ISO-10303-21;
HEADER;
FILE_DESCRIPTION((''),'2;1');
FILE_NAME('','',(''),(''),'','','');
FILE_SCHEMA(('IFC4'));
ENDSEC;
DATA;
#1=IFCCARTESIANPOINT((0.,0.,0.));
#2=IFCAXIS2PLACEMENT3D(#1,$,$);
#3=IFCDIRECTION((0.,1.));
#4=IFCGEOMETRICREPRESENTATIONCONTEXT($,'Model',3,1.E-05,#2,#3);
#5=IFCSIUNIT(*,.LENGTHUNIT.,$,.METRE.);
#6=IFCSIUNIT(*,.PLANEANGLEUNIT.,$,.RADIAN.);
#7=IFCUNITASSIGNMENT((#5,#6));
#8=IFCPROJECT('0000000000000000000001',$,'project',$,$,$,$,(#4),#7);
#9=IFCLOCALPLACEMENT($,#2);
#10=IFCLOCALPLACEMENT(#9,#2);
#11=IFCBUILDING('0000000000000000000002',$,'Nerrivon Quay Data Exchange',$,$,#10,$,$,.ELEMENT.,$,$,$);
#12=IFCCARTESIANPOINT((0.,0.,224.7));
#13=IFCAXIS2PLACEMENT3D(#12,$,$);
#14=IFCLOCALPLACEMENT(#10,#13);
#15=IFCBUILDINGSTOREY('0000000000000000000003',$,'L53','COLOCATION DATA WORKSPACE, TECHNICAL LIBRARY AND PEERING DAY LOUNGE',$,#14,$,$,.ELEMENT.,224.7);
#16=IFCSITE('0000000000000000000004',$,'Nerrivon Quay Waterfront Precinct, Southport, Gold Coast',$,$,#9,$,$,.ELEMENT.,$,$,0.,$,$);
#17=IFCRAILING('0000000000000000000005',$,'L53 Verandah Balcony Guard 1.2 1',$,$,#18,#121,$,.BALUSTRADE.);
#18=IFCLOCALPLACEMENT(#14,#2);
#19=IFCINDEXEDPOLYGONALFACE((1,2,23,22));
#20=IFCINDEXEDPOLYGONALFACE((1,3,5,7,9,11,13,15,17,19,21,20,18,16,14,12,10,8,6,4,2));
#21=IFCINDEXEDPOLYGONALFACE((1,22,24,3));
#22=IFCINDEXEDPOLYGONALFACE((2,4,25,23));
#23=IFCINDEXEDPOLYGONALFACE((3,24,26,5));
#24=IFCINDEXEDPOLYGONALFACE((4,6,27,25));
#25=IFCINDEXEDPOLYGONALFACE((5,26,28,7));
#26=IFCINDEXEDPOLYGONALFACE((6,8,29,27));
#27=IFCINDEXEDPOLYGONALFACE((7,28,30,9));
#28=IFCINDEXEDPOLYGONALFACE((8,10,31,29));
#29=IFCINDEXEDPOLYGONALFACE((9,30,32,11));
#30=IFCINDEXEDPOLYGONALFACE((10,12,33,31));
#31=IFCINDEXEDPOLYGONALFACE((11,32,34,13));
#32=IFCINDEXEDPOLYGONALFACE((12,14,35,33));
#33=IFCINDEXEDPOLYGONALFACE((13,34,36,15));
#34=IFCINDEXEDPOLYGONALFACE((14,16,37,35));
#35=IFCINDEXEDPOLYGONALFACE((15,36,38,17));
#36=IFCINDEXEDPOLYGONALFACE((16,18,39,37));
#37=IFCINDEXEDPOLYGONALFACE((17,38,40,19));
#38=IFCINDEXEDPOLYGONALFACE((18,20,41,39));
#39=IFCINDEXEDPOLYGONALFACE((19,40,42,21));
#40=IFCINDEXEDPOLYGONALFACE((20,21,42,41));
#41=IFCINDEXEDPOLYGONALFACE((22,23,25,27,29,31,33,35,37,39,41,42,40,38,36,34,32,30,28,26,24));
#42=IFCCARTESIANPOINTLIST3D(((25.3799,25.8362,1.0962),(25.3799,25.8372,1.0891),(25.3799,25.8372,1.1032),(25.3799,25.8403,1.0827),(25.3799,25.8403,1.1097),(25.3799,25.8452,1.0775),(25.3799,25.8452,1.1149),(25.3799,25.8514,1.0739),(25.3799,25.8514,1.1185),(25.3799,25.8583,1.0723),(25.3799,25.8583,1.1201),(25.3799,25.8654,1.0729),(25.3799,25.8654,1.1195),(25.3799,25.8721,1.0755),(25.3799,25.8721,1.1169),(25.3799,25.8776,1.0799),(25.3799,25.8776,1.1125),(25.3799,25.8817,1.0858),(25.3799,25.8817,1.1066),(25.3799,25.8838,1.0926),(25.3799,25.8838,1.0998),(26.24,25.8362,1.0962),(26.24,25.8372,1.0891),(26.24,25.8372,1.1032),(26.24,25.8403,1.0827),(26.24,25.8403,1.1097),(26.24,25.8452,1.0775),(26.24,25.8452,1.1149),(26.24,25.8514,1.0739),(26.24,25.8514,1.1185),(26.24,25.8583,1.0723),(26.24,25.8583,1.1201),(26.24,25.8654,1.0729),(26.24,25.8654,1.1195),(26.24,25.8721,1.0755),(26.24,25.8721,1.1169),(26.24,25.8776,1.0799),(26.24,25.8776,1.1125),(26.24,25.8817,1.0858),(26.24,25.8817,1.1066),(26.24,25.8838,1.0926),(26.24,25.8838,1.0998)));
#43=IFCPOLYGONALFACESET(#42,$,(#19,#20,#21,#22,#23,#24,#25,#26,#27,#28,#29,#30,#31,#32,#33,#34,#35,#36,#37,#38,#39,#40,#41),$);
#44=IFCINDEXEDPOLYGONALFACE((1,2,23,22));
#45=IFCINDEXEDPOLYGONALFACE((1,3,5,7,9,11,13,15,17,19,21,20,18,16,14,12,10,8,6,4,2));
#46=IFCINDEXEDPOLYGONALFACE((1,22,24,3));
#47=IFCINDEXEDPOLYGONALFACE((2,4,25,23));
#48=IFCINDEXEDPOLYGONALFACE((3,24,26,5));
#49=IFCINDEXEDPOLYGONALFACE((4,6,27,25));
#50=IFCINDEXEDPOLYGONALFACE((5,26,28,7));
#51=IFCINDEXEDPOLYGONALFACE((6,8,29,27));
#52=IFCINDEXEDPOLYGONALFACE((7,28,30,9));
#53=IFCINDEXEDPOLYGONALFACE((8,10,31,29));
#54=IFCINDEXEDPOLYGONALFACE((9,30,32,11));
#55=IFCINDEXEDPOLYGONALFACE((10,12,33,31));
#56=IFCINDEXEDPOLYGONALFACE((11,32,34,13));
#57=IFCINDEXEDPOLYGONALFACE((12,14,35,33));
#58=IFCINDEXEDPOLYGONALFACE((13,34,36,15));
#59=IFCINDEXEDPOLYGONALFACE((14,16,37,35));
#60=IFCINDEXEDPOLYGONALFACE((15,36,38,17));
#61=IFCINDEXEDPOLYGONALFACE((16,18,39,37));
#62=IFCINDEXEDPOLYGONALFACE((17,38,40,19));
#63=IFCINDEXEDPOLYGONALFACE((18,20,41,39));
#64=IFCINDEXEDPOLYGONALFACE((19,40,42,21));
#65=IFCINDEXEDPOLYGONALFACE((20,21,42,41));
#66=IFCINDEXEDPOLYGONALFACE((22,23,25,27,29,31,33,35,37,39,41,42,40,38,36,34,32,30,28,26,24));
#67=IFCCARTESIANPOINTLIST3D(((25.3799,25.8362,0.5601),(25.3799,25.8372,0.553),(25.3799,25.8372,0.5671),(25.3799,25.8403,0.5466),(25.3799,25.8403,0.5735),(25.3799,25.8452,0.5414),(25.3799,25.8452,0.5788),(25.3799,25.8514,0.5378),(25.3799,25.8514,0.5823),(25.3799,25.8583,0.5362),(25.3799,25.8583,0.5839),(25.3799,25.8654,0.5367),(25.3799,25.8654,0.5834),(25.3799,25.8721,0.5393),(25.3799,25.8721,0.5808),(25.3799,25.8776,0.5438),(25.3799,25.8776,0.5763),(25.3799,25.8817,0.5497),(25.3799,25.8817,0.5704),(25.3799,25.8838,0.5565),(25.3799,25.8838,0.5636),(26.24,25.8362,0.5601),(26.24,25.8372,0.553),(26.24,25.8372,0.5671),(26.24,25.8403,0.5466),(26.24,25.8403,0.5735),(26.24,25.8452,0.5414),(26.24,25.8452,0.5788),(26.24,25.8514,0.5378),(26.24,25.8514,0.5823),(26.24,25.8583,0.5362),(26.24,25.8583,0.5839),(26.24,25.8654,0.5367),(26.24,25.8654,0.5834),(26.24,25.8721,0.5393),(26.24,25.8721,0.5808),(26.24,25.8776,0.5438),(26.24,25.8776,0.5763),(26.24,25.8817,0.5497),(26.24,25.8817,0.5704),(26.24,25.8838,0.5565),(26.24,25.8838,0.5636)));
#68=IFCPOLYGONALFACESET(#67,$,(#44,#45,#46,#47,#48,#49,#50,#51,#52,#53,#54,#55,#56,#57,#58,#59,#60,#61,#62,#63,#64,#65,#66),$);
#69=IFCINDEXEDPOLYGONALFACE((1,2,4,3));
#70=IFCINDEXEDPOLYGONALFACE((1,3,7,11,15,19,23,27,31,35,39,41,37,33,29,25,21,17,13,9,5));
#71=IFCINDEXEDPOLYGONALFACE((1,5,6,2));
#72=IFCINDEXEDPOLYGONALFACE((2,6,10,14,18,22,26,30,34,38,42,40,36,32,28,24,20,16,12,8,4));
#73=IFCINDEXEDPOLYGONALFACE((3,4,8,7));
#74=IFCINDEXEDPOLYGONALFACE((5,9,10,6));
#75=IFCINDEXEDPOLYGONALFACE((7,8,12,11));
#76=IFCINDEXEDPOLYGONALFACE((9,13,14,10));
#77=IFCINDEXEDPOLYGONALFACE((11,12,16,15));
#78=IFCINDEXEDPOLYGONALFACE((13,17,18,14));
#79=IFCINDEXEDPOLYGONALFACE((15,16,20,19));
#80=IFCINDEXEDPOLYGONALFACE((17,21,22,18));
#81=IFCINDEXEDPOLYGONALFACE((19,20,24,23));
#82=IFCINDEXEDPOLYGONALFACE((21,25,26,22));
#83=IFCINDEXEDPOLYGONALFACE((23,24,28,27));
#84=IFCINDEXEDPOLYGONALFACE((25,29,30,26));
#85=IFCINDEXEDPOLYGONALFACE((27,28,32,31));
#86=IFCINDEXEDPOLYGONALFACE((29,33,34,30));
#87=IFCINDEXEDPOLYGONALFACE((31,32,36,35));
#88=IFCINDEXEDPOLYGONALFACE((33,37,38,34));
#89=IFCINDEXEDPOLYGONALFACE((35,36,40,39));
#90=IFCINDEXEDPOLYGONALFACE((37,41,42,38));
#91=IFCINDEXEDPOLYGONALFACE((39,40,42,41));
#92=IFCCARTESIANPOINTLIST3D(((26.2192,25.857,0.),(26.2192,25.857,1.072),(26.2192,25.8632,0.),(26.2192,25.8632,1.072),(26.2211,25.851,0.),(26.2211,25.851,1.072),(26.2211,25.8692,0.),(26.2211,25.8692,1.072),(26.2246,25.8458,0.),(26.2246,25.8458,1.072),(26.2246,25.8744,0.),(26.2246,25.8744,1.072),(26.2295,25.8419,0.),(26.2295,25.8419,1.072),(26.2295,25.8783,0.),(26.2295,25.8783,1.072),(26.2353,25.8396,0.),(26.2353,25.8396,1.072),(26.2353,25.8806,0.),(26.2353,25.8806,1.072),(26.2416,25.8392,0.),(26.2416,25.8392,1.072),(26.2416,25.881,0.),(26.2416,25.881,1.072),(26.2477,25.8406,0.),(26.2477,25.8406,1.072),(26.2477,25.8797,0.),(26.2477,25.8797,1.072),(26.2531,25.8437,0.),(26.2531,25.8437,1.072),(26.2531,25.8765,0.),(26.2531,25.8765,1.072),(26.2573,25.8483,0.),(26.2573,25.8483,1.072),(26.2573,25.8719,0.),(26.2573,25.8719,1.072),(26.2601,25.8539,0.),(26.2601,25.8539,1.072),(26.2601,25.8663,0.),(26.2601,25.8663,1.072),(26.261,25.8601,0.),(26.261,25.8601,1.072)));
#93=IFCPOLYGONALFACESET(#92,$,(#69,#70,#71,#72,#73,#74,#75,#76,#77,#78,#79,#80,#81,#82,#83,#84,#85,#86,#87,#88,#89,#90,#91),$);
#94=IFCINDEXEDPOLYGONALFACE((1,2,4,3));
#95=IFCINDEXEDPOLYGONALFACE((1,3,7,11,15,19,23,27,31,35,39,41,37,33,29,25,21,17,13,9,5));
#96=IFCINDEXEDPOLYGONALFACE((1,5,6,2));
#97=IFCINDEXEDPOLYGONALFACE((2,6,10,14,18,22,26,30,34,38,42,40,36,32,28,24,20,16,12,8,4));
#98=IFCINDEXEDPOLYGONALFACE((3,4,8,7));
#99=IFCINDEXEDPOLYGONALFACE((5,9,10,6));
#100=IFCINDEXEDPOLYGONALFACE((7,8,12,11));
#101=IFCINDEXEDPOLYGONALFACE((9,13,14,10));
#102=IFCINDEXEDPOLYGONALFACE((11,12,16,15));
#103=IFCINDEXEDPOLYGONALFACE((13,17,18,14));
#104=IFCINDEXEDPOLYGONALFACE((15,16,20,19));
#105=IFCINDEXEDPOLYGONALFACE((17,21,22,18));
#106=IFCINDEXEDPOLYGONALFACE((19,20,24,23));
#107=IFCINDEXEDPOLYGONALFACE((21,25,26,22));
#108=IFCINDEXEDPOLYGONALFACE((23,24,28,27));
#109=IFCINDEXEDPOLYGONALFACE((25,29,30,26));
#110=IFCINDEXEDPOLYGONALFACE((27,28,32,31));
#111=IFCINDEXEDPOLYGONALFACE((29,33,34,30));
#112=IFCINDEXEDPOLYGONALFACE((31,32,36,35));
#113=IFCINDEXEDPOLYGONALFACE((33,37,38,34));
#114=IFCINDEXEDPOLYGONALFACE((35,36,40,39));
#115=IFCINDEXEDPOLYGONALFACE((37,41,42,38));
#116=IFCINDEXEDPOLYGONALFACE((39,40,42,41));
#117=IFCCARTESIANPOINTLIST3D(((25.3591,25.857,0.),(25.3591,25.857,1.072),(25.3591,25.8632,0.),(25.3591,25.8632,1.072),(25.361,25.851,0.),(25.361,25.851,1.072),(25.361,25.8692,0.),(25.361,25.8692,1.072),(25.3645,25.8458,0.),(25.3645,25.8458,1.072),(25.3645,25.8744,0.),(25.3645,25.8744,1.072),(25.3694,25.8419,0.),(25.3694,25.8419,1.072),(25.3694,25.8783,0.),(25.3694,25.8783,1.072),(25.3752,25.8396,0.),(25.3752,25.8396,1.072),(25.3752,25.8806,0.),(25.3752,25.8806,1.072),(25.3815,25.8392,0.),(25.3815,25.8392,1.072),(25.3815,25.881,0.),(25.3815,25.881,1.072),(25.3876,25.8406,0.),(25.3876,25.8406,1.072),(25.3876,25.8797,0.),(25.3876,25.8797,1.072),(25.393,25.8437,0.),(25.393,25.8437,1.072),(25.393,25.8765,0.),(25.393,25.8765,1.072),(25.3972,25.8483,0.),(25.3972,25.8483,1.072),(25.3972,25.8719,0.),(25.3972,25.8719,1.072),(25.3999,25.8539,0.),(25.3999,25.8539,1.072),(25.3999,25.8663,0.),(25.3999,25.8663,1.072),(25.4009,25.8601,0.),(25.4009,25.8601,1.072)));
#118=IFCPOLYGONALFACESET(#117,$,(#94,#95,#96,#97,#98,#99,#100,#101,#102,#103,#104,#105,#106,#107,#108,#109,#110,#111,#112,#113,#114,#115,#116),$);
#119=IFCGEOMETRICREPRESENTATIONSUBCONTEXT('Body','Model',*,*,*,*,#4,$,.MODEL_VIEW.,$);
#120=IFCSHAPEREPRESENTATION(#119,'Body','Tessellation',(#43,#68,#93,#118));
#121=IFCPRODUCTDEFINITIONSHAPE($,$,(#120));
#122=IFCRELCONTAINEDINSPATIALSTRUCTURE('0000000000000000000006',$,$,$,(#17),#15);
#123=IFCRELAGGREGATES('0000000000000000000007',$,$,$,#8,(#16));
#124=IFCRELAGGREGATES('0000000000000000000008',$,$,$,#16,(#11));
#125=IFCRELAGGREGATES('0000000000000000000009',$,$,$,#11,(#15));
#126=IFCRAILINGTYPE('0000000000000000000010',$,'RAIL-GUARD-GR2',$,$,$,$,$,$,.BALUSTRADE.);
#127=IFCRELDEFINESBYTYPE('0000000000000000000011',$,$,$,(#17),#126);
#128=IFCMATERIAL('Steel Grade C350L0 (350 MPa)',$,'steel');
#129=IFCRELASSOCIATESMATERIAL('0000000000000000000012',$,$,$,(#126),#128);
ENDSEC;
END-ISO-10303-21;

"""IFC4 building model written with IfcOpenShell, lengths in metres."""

from ifc_helpers import new_model, si_unit, direction, frame, origin, origin_2d, place, context, subcontext, project, spatial, circle, extrude, material, type_object, element, save


model = new_model("IFC4")

# Units and contexts
model_context = context("Model", 3, precision=1e-05, world=origin(), true_north=direction((0.0, 1.0)))
body_context = subcontext(model_context, "Body", "Model", "MODEL_VIEW")
ifc_project = project(units=[si_unit("LENGTHUNIT", "METRE"), si_unit("PLANEANGLEUNIT", "RADIAN")], contexts=[model_context])

# Site, building, storey
site_placement = place(None, origin())
site = spatial("IfcSite", under=ifc_project, at=site_placement, Name="Nerrivon Quay Waterfront Precinct, Southport, Gold Coast", CompositionType="ELEMENT", RefElevation=0.0)
building_placement = place(site_placement, origin())
building = spatial("IfcBuilding", under=site, at=building_placement, Name="Nerrivon Quay Data Exchange", CompositionType="ELEMENT")
storey_placement = place(building_placement, frame((0.0, 0.0, 224.7)))
storey = spatial("IfcBuildingStorey", under=building, at=storey_placement, Name="L53", Description="COLOCATION DATA WORKSPACE, TECHNICAL LIBRARY AND PEERING DAY LOUNGE", CompositionType="ELEMENT", Elevation=224.7)

# Shared definitions
ifc_material_1 = material(Name="Steel Grade C350L0 (350 MPa)", Category="steel")

# Railing
railing_type = type_object("IfcRailingType", Name="RAIL-GUARD-GR2", PredefinedType="BALUSTRADE", material=ifc_material_1)
railing_1_placement = place(storey_placement, frame((26.24, 25.8601, 0.0)))
element("IfcRailing", 1, at=railing_1_placement, inside=storey, type_object=railing_type, Name="L53 Verandah Balcony Guard 1.2 1", PredefinedType="BALUSTRADE", context=body_context, shape_type="SweptSolid", body=[
    extrude(circle(Radius=0.0239, at=origin_2d()), frame((0.0, 0.0, 1.0962), z_axis=(-1.0, 0.0, 0.0), x_axis=(0.0, -1.0, 0.0)), (0.0, 0.0, 1.0), 0.8601),
    extrude(circle(Radius=0.0239, at=origin_2d()), frame((0.0, 0.0, 0.5601), z_axis=(-1.0, 0.0, 0.0), x_axis=(0.0, -1.0, 0.0)), (0.0, 0.0, 1.0), 0.8601),
    extrude(circle(Radius=0.021, at=origin_2d()), origin(), (0.0, 0.0, 1.0), 1.072),
    extrude(circle(Radius=0.021, at=origin_2d()), frame((-0.8601, 0.0, 0.0)), (0.0, 0.0, 1.0), 1.072),
])

save(model, "model.ifc")
